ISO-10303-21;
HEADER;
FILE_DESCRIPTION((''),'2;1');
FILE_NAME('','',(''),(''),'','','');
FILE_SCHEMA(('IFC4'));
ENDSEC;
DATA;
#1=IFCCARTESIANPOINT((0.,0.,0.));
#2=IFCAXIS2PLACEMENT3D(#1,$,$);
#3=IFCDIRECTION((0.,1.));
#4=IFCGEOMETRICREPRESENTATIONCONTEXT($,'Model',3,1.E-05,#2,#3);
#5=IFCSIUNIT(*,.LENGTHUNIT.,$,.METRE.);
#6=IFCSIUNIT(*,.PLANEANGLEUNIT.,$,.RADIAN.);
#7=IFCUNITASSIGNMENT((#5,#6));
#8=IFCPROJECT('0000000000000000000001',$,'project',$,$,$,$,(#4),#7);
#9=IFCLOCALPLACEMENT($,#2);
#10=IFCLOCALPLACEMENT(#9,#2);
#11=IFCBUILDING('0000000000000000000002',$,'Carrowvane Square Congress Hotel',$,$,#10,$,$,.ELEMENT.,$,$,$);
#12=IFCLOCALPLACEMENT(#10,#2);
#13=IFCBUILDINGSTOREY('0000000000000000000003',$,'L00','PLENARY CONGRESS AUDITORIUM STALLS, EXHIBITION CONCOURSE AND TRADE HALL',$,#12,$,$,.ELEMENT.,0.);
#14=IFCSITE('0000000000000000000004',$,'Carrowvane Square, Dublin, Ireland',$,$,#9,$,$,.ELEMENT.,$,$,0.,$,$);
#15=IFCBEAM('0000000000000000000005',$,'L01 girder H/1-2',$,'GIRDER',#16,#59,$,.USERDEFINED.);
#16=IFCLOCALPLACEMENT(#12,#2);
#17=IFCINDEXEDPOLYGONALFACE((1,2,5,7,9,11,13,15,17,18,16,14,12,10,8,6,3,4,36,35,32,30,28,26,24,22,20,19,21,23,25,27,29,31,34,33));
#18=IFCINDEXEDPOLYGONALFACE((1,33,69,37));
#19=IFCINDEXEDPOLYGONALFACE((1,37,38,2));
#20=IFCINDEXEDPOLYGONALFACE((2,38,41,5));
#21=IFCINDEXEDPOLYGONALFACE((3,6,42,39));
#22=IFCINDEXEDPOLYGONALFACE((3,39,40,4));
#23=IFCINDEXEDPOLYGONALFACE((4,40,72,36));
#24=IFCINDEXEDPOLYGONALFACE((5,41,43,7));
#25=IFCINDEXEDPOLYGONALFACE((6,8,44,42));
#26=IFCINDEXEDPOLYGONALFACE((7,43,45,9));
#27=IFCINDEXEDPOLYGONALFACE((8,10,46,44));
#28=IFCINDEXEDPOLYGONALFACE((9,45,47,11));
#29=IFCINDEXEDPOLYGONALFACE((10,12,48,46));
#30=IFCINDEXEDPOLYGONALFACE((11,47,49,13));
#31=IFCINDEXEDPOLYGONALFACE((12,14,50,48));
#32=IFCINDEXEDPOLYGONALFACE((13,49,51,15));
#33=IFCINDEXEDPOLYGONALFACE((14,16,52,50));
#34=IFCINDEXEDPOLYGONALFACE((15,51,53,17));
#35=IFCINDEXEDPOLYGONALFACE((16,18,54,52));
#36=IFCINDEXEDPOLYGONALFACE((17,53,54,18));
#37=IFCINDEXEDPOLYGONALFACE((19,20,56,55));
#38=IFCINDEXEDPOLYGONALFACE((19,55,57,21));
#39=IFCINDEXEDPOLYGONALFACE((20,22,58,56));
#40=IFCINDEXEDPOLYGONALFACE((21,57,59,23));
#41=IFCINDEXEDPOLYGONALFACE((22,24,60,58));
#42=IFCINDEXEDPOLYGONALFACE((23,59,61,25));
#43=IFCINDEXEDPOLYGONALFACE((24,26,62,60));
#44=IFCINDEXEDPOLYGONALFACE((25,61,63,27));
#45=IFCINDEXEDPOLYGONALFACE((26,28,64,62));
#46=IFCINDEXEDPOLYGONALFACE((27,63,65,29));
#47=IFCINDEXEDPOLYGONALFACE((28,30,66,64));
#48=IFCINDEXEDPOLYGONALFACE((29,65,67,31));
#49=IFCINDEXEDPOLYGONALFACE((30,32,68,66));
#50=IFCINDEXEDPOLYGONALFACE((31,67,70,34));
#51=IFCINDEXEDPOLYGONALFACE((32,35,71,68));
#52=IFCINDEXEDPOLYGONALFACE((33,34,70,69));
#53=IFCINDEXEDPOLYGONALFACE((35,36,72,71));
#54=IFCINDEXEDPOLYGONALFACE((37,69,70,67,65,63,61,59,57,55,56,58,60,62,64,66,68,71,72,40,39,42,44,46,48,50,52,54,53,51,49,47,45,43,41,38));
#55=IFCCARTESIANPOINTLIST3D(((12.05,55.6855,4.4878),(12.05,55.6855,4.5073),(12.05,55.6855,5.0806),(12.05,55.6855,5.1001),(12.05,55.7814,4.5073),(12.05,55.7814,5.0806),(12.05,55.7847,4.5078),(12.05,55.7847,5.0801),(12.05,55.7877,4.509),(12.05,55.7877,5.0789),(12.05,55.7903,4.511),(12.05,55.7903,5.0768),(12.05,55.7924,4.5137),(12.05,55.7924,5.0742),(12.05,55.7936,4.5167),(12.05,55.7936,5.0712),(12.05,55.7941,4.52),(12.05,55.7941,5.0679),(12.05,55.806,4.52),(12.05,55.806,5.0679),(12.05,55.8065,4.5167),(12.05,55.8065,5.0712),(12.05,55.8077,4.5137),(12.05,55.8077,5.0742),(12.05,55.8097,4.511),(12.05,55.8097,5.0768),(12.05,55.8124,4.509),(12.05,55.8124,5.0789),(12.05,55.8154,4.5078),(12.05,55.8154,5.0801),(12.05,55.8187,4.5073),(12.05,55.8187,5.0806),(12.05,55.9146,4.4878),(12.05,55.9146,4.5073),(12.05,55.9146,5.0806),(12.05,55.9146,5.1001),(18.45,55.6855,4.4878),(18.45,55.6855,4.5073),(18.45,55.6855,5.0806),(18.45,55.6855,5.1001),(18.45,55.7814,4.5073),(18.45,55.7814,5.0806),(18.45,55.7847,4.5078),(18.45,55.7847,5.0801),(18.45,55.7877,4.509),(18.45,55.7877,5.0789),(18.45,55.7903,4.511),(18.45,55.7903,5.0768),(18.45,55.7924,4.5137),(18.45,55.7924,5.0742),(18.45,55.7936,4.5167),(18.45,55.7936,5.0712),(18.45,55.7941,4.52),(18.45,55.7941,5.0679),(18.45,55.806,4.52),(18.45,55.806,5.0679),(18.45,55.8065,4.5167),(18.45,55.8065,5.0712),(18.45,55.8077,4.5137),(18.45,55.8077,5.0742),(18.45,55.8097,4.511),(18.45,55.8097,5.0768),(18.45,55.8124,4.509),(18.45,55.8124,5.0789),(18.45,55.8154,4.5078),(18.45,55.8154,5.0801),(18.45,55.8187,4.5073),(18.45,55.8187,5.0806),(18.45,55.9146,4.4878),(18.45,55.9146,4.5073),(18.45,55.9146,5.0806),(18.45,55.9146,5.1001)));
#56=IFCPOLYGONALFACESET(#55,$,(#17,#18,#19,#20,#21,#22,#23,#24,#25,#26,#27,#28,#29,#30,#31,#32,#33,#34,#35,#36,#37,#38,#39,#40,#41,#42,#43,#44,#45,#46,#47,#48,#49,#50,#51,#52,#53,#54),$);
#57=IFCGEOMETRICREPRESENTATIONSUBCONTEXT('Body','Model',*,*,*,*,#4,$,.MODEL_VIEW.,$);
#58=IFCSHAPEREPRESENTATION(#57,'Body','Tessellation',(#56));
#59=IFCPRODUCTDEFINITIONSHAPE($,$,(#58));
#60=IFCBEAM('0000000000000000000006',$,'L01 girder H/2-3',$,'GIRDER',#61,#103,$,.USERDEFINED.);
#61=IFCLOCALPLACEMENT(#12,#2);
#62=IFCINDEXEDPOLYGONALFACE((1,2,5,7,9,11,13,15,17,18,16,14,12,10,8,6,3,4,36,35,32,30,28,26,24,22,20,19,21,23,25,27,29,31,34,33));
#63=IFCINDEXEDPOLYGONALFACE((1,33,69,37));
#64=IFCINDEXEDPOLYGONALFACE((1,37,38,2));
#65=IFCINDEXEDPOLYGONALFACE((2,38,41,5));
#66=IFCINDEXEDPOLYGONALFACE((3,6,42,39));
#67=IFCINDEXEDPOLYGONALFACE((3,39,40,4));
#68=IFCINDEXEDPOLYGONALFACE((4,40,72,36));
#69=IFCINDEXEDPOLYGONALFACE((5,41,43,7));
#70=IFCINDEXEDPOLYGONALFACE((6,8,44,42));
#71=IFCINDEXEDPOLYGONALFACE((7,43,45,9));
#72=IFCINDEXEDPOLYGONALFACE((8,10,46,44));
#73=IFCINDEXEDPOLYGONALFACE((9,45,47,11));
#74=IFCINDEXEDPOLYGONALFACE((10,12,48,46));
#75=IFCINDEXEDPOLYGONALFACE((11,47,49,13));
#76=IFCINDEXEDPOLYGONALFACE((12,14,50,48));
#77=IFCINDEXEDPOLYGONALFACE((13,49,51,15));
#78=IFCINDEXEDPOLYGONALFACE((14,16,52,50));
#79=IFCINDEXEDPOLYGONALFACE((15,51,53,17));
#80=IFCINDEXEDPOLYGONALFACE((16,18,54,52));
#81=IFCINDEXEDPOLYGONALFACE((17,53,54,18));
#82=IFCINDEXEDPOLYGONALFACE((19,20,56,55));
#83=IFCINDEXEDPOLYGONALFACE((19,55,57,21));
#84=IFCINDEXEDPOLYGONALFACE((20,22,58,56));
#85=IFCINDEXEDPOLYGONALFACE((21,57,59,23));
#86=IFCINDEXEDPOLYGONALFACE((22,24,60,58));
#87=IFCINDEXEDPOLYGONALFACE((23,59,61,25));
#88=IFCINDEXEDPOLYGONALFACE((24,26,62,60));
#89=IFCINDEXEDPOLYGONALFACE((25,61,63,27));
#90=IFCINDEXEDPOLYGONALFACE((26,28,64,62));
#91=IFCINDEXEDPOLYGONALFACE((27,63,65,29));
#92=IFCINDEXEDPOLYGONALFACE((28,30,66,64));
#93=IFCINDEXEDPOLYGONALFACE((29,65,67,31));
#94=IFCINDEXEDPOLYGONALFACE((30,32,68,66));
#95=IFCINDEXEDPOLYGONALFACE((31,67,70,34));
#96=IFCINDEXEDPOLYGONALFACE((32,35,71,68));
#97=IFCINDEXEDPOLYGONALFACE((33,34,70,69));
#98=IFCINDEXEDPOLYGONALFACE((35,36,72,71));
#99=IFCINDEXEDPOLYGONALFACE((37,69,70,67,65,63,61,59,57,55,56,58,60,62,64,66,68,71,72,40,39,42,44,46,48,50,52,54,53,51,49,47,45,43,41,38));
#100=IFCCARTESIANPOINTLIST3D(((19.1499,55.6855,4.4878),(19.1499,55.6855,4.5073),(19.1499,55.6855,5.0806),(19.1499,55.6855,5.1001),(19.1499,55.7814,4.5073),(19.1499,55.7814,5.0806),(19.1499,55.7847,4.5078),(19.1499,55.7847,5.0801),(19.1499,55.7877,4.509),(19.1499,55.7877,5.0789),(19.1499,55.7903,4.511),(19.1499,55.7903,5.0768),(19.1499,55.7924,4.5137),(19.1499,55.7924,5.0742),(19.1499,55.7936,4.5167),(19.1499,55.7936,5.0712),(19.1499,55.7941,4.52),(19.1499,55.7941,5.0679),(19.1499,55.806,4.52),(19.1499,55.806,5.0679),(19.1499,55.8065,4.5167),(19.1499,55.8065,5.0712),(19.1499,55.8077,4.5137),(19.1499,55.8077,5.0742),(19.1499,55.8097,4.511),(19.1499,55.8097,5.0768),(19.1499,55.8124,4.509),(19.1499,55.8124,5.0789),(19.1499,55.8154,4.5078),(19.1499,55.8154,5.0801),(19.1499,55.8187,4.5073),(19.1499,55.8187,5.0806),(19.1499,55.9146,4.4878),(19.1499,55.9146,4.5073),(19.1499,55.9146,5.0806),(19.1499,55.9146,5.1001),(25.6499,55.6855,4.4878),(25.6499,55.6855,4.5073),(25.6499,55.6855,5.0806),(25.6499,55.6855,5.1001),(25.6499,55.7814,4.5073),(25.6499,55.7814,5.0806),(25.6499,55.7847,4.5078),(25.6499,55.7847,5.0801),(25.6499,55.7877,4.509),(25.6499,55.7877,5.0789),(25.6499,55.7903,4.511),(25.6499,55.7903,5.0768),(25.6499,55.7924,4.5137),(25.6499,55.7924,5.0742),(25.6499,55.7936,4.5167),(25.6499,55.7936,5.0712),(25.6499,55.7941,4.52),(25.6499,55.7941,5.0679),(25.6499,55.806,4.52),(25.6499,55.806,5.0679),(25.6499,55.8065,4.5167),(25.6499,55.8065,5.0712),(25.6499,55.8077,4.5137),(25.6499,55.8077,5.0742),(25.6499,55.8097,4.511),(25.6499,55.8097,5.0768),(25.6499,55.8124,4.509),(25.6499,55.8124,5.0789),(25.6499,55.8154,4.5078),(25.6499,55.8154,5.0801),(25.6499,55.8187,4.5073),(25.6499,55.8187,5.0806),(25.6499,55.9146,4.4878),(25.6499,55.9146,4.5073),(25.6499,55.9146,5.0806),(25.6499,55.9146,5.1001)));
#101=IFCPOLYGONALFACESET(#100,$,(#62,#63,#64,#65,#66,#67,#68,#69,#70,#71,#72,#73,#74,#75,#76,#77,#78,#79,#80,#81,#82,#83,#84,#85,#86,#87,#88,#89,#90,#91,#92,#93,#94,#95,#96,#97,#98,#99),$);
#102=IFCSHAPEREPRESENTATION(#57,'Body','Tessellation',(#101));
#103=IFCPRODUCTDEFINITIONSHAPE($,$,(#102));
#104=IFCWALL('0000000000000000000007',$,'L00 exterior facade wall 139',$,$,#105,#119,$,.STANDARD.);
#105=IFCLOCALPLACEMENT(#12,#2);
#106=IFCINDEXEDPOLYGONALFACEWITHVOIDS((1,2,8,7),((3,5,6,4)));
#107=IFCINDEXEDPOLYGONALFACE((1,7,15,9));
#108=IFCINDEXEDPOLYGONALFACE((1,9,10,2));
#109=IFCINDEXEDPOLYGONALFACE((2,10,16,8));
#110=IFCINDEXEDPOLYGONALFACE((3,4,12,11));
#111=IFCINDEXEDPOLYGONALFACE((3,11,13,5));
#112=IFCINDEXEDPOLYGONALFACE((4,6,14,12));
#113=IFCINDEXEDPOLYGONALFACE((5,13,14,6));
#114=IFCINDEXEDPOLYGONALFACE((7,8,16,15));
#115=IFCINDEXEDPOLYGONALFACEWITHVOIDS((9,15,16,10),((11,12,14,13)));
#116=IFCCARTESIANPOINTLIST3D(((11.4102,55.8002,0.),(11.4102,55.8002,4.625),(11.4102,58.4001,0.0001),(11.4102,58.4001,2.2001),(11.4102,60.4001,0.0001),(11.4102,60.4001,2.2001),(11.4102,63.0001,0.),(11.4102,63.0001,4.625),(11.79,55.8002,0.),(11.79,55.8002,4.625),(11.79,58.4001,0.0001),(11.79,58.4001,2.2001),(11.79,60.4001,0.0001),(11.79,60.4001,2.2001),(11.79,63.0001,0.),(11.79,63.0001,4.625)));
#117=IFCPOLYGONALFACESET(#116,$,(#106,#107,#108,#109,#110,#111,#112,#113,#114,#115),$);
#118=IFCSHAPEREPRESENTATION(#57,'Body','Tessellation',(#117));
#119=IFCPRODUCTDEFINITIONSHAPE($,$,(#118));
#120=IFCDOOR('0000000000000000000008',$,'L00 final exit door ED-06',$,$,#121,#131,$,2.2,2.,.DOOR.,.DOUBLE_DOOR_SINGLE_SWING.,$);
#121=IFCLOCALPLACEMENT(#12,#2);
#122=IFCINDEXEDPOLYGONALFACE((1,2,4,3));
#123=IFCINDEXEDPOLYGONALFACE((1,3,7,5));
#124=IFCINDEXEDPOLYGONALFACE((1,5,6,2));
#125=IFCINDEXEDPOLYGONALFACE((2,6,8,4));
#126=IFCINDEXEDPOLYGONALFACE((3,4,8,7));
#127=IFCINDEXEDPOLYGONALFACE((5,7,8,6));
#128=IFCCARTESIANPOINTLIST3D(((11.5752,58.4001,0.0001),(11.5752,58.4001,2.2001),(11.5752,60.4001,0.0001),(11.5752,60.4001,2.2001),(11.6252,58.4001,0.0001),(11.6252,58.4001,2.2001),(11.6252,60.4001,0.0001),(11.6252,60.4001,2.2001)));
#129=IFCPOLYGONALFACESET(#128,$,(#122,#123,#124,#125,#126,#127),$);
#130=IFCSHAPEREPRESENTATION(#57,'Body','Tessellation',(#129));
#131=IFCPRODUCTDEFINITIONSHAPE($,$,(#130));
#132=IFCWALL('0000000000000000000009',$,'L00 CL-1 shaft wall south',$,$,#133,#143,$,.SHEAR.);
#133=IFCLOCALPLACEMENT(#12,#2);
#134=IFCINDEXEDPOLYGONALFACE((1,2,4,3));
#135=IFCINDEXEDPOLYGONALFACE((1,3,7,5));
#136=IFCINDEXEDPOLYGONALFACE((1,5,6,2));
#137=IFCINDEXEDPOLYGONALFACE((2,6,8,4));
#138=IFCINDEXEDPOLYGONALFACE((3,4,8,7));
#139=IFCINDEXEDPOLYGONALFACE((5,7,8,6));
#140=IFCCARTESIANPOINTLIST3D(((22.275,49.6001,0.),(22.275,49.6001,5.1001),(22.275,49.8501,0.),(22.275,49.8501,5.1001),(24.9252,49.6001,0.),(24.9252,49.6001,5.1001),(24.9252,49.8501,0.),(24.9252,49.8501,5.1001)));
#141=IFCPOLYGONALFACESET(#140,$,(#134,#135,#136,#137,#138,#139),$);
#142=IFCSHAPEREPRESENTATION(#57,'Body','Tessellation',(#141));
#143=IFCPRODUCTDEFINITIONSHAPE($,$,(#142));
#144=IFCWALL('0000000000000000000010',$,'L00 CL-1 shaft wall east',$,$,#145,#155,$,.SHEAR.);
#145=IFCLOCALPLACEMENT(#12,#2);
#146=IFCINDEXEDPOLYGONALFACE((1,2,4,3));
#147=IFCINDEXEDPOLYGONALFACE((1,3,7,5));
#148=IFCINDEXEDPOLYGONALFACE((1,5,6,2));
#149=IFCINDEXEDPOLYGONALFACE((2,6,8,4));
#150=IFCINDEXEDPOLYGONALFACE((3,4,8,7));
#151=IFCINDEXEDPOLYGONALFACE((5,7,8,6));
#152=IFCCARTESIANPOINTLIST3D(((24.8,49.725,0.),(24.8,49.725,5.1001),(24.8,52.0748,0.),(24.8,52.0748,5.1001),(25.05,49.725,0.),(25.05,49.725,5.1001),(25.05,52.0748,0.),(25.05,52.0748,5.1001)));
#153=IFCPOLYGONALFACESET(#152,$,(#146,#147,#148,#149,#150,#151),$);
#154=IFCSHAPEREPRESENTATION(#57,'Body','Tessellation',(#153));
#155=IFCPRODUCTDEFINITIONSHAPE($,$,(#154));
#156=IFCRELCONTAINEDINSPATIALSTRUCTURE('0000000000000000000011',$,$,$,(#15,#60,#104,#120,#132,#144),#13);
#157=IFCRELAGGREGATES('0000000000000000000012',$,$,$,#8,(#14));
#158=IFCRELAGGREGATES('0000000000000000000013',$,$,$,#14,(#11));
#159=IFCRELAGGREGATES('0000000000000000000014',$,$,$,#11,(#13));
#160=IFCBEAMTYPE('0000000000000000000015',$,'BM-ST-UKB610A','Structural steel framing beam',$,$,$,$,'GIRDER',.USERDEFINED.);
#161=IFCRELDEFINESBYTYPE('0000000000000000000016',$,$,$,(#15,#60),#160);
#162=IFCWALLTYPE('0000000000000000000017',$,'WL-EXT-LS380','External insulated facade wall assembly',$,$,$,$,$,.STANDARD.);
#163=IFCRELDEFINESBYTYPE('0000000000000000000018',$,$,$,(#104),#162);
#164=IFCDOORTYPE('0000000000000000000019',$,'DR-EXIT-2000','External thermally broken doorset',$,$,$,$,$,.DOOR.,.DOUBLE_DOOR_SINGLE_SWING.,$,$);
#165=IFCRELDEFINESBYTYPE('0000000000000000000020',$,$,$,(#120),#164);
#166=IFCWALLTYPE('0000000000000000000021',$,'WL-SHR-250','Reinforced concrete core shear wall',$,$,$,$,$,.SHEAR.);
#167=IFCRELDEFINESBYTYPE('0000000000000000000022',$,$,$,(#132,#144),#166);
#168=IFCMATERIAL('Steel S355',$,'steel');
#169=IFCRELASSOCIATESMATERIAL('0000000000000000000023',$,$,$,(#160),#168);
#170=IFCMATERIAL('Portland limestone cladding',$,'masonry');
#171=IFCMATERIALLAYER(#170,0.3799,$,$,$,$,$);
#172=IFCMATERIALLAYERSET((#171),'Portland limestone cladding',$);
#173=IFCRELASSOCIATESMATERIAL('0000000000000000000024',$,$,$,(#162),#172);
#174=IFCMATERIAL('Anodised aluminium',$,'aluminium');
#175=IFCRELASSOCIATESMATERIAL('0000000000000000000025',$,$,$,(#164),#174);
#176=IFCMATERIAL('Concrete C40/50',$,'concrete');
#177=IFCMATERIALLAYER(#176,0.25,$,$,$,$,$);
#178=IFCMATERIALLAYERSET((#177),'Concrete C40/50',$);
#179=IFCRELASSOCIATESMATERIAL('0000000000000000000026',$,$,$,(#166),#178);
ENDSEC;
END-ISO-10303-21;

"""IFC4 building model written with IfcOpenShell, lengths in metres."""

from ifc_helpers import new_model, si_unit, direction, frame, frame_2d, origin, origin_2d, place, context, subcontext, project, spatial, rectangle, i_section, extrude, material, layer, layer_set, material_profile, profile_set, type_object, element, fill, save


model = new_model("IFC4")

# Units and contexts
model_context = context("Model", 3, precision=1e-05, world=origin(), true_north=direction((0.0, 1.0)))
body_context = subcontext(model_context, "Body", "Model", "MODEL_VIEW")
ifc_project = project(units=[si_unit("LENGTHUNIT", "METRE"), si_unit("PLANEANGLEUNIT", "RADIAN")], contexts=[model_context])

# Site, building, storey
site_placement = place(None, origin())
site = spatial("IfcSite", under=ifc_project, at=site_placement, Name="Carrowvane Square, Dublin, Ireland", CompositionType="ELEMENT", RefElevation=0.0)
building_placement = place(site_placement, origin())
building = spatial("IfcBuilding", under=site, at=building_placement, Name="Carrowvane Square Congress Hotel", CompositionType="ELEMENT")
storey_placement = place(building_placement, origin())
storey = spatial("IfcBuildingStorey", under=building, at=storey_placement, Name="L00", Description="PLENARY CONGRESS AUDITORIUM STALLS, EXHIBITION CONCOURSE AND TRADE HALL", CompositionType="ELEMENT", Elevation=0.0)

# Beams
ifc_material_1 = material(Name="Steel S355", Category="steel")
ifc_material_profile_1 = material_profile(ifc_material_1, i_section(OverallWidth=0.229, OverallDepth=0.6123, WebThickness=0.012, FlangeThickness=0.0195, FilletRadius=0.0127, at=origin_2d()), Name="UKB 610x229x125")
ifc_profile_set_1 = profile_set([ifc_material_profile_1], Name="Steel S355")
beam_type_1 = type_object("IfcBeamType", Name="BM-ST-UKB610A", Description="Structural steel framing beam", ElementType="GIRDER", PredefinedType="USERDEFINED", material=ifc_profile_set_1)
beam_1_placement = place(storey_placement, frame((12.05, 55.8, 4.7939), z_axis=(1.0, 0.0, 0.0), x_axis=(0.0, 1.0, 0.0)))
element("IfcBeam", 1, at=beam_1_placement, inside=storey, type_object=beam_type_1, Name="L01 girder H/1-2", ObjectType="GIRDER", PredefinedType="USERDEFINED", context=body_context, shape_type="SweptSolid", body=[
    extrude(i_section(OverallWidth=0.229, OverallDepth=0.6123, WebThickness=0.012, FlangeThickness=0.0195, FilletRadius=0.0127, at=origin_2d()), origin(), (0.0, 0.0, 1.0), 6.3999),
])
beam_2_placement = place(storey_placement, frame((19.1499, 55.8, 4.7939), z_axis=(1.0, 0.0, 0.0), x_axis=(0.0, 1.0, 0.0)))
element("IfcBeam", 2, at=beam_2_placement, inside=storey, type_object=beam_type_1, Name="L01 girder H/2-3", ObjectType="GIRDER", PredefinedType="USERDEFINED", context=body_context, shape_type="SweptSolid", body=[
    extrude(i_section(OverallWidth=0.229, OverallDepth=0.6123, WebThickness=0.012, FlangeThickness=0.0195, FilletRadius=0.0127, at=origin_2d()), origin(), (0.0, 0.0, 1.0), 6.5),
])

# Wall, opening, door
ifc_material_2 = material(Name="Portland limestone cladding", Category="masonry")
ifc_layer_1 = layer(ifc_material_2, 0.3799)
ifc_layer_set_1 = layer_set([ifc_layer_1], Name="Portland limestone cladding")
wall_type_1 = type_object("IfcWallType", Name="WL-EXT-LS380", Description="External insulated facade wall assembly", PredefinedType="STANDARD", material=ifc_layer_set_1)
wall_1_placement = place(storey_placement, frame((11.6001, 55.8, 0.0), z_axis=(0.0, 0.0, 1.0), x_axis=(0.0, 1.0, 0.0)))
wall_1 = element("IfcWall", 3, at=wall_1_placement, inside=storey, type_object=wall_type_1, Name="L00 exterior facade wall 139", PredefinedType="STANDARD", context=body_context, shape_type="SweptSolid", body=[
    extrude(rectangle(XDim=7.2, YDim=0.3799, at=frame_2d((3.6001, 0.0))), origin(), (0.0, 0.0, 1.0), 4.625),
])
opening_1_placement = place(wall_1_placement, frame((2.6001, 0.0, 0.0)))
opening_1 = element("IfcOpeningElement", 4, at=opening_1_placement, cuts=wall_1, PredefinedType="OPENING", context=body_context, shape_type="SweptSolid", body=[
    extrude(rectangle(XDim=2.0, YDim=2.2, at=frame_2d((1.0, 1.1001))), frame((0.0, 0.2, 0.0), z_axis=(0.0, -1.0, 0.0), x_axis=(1.0, 0.0, 0.0)), (0.0, 0.0, 1.0), 0.3999),
])
ifc_material_3 = material(Name="Anodised aluminium", Category="aluminium")
door_type_1 = type_object("IfcDoorType", Name="DR-EXIT-2000", Description="External thermally broken doorset", OperationType="DOUBLE_DOOR_SINGLE_SWING", PredefinedType="DOOR", material=ifc_material_3)
door_1_placement = place(opening_1_placement, origin())
door_1 = element("IfcDoor", 5, at=door_1_placement, inside=storey, type_object=door_type_1, Name="L00 final exit door ED-06", OperationType="DOUBLE_DOOR_SINGLE_SWING", OverallHeight=2.2, OverallWidth=2.0, PredefinedType="DOOR", context=body_context, shape_type="SweptSolid", body=[
    extrude(rectangle(XDim=2.0, YDim=2.2, at=frame_2d((1.0, 1.1001))), frame((0.0, 0.0249, 0.0), z_axis=(0.0, -1.0, 0.0), x_axis=(1.0, 0.0, 0.0)), (0.0, 0.0, 1.0), 0.05),
])
fill(opening_1, door_1)

# Walls
ifc_material_4 = material(Name="Concrete C40/50", Category="concrete")
ifc_layer_2 = layer(ifc_material_4, 0.25)
ifc_layer_set_2 = layer_set([ifc_layer_2], Name="Concrete C40/50")
wall_type_2 = type_object("IfcWallType", Name="WL-SHR-250", Description="Reinforced concrete core shear wall", PredefinedType="SHEAR", material=ifc_layer_set_2)
wall_2_placement = place(storey_placement, frame((22.2749, 49.7251, 0.0), z_axis=(0.0, 0.0, 1.0), x_axis=(1.0, 0.0, 0.0)))
element("IfcWall", 6, at=wall_2_placement, inside=storey, type_object=wall_type_2, Name="L00 CL-1 shaft wall south", PredefinedType="SHEAR", context=body_context, shape_type="SweptSolid", body=[
    extrude(rectangle(XDim=2.6501, YDim=0.25, at=frame_2d((1.3252, 0.0))), origin(), (0.0, 0.0, 1.0), 5.1001),
])
wall_3_placement = place(storey_placement, frame((24.925, 49.7251, 0.0), z_axis=(0.0, 0.0, 1.0), x_axis=(0.0, 1.0, 0.0)))
element("IfcWall", 7, at=wall_3_placement, inside=storey, type_object=wall_type_2, Name="L00 CL-1 shaft wall east", PredefinedType="SHEAR", context=body_context, shape_type="SweptSolid", body=[
    extrude(rectangle(XDim=2.3499, YDim=0.25, at=frame_2d((1.1748, 0.0))), origin(), (0.0, 0.0, 1.0), 5.1001),
])

save(model, "model.ifc")
